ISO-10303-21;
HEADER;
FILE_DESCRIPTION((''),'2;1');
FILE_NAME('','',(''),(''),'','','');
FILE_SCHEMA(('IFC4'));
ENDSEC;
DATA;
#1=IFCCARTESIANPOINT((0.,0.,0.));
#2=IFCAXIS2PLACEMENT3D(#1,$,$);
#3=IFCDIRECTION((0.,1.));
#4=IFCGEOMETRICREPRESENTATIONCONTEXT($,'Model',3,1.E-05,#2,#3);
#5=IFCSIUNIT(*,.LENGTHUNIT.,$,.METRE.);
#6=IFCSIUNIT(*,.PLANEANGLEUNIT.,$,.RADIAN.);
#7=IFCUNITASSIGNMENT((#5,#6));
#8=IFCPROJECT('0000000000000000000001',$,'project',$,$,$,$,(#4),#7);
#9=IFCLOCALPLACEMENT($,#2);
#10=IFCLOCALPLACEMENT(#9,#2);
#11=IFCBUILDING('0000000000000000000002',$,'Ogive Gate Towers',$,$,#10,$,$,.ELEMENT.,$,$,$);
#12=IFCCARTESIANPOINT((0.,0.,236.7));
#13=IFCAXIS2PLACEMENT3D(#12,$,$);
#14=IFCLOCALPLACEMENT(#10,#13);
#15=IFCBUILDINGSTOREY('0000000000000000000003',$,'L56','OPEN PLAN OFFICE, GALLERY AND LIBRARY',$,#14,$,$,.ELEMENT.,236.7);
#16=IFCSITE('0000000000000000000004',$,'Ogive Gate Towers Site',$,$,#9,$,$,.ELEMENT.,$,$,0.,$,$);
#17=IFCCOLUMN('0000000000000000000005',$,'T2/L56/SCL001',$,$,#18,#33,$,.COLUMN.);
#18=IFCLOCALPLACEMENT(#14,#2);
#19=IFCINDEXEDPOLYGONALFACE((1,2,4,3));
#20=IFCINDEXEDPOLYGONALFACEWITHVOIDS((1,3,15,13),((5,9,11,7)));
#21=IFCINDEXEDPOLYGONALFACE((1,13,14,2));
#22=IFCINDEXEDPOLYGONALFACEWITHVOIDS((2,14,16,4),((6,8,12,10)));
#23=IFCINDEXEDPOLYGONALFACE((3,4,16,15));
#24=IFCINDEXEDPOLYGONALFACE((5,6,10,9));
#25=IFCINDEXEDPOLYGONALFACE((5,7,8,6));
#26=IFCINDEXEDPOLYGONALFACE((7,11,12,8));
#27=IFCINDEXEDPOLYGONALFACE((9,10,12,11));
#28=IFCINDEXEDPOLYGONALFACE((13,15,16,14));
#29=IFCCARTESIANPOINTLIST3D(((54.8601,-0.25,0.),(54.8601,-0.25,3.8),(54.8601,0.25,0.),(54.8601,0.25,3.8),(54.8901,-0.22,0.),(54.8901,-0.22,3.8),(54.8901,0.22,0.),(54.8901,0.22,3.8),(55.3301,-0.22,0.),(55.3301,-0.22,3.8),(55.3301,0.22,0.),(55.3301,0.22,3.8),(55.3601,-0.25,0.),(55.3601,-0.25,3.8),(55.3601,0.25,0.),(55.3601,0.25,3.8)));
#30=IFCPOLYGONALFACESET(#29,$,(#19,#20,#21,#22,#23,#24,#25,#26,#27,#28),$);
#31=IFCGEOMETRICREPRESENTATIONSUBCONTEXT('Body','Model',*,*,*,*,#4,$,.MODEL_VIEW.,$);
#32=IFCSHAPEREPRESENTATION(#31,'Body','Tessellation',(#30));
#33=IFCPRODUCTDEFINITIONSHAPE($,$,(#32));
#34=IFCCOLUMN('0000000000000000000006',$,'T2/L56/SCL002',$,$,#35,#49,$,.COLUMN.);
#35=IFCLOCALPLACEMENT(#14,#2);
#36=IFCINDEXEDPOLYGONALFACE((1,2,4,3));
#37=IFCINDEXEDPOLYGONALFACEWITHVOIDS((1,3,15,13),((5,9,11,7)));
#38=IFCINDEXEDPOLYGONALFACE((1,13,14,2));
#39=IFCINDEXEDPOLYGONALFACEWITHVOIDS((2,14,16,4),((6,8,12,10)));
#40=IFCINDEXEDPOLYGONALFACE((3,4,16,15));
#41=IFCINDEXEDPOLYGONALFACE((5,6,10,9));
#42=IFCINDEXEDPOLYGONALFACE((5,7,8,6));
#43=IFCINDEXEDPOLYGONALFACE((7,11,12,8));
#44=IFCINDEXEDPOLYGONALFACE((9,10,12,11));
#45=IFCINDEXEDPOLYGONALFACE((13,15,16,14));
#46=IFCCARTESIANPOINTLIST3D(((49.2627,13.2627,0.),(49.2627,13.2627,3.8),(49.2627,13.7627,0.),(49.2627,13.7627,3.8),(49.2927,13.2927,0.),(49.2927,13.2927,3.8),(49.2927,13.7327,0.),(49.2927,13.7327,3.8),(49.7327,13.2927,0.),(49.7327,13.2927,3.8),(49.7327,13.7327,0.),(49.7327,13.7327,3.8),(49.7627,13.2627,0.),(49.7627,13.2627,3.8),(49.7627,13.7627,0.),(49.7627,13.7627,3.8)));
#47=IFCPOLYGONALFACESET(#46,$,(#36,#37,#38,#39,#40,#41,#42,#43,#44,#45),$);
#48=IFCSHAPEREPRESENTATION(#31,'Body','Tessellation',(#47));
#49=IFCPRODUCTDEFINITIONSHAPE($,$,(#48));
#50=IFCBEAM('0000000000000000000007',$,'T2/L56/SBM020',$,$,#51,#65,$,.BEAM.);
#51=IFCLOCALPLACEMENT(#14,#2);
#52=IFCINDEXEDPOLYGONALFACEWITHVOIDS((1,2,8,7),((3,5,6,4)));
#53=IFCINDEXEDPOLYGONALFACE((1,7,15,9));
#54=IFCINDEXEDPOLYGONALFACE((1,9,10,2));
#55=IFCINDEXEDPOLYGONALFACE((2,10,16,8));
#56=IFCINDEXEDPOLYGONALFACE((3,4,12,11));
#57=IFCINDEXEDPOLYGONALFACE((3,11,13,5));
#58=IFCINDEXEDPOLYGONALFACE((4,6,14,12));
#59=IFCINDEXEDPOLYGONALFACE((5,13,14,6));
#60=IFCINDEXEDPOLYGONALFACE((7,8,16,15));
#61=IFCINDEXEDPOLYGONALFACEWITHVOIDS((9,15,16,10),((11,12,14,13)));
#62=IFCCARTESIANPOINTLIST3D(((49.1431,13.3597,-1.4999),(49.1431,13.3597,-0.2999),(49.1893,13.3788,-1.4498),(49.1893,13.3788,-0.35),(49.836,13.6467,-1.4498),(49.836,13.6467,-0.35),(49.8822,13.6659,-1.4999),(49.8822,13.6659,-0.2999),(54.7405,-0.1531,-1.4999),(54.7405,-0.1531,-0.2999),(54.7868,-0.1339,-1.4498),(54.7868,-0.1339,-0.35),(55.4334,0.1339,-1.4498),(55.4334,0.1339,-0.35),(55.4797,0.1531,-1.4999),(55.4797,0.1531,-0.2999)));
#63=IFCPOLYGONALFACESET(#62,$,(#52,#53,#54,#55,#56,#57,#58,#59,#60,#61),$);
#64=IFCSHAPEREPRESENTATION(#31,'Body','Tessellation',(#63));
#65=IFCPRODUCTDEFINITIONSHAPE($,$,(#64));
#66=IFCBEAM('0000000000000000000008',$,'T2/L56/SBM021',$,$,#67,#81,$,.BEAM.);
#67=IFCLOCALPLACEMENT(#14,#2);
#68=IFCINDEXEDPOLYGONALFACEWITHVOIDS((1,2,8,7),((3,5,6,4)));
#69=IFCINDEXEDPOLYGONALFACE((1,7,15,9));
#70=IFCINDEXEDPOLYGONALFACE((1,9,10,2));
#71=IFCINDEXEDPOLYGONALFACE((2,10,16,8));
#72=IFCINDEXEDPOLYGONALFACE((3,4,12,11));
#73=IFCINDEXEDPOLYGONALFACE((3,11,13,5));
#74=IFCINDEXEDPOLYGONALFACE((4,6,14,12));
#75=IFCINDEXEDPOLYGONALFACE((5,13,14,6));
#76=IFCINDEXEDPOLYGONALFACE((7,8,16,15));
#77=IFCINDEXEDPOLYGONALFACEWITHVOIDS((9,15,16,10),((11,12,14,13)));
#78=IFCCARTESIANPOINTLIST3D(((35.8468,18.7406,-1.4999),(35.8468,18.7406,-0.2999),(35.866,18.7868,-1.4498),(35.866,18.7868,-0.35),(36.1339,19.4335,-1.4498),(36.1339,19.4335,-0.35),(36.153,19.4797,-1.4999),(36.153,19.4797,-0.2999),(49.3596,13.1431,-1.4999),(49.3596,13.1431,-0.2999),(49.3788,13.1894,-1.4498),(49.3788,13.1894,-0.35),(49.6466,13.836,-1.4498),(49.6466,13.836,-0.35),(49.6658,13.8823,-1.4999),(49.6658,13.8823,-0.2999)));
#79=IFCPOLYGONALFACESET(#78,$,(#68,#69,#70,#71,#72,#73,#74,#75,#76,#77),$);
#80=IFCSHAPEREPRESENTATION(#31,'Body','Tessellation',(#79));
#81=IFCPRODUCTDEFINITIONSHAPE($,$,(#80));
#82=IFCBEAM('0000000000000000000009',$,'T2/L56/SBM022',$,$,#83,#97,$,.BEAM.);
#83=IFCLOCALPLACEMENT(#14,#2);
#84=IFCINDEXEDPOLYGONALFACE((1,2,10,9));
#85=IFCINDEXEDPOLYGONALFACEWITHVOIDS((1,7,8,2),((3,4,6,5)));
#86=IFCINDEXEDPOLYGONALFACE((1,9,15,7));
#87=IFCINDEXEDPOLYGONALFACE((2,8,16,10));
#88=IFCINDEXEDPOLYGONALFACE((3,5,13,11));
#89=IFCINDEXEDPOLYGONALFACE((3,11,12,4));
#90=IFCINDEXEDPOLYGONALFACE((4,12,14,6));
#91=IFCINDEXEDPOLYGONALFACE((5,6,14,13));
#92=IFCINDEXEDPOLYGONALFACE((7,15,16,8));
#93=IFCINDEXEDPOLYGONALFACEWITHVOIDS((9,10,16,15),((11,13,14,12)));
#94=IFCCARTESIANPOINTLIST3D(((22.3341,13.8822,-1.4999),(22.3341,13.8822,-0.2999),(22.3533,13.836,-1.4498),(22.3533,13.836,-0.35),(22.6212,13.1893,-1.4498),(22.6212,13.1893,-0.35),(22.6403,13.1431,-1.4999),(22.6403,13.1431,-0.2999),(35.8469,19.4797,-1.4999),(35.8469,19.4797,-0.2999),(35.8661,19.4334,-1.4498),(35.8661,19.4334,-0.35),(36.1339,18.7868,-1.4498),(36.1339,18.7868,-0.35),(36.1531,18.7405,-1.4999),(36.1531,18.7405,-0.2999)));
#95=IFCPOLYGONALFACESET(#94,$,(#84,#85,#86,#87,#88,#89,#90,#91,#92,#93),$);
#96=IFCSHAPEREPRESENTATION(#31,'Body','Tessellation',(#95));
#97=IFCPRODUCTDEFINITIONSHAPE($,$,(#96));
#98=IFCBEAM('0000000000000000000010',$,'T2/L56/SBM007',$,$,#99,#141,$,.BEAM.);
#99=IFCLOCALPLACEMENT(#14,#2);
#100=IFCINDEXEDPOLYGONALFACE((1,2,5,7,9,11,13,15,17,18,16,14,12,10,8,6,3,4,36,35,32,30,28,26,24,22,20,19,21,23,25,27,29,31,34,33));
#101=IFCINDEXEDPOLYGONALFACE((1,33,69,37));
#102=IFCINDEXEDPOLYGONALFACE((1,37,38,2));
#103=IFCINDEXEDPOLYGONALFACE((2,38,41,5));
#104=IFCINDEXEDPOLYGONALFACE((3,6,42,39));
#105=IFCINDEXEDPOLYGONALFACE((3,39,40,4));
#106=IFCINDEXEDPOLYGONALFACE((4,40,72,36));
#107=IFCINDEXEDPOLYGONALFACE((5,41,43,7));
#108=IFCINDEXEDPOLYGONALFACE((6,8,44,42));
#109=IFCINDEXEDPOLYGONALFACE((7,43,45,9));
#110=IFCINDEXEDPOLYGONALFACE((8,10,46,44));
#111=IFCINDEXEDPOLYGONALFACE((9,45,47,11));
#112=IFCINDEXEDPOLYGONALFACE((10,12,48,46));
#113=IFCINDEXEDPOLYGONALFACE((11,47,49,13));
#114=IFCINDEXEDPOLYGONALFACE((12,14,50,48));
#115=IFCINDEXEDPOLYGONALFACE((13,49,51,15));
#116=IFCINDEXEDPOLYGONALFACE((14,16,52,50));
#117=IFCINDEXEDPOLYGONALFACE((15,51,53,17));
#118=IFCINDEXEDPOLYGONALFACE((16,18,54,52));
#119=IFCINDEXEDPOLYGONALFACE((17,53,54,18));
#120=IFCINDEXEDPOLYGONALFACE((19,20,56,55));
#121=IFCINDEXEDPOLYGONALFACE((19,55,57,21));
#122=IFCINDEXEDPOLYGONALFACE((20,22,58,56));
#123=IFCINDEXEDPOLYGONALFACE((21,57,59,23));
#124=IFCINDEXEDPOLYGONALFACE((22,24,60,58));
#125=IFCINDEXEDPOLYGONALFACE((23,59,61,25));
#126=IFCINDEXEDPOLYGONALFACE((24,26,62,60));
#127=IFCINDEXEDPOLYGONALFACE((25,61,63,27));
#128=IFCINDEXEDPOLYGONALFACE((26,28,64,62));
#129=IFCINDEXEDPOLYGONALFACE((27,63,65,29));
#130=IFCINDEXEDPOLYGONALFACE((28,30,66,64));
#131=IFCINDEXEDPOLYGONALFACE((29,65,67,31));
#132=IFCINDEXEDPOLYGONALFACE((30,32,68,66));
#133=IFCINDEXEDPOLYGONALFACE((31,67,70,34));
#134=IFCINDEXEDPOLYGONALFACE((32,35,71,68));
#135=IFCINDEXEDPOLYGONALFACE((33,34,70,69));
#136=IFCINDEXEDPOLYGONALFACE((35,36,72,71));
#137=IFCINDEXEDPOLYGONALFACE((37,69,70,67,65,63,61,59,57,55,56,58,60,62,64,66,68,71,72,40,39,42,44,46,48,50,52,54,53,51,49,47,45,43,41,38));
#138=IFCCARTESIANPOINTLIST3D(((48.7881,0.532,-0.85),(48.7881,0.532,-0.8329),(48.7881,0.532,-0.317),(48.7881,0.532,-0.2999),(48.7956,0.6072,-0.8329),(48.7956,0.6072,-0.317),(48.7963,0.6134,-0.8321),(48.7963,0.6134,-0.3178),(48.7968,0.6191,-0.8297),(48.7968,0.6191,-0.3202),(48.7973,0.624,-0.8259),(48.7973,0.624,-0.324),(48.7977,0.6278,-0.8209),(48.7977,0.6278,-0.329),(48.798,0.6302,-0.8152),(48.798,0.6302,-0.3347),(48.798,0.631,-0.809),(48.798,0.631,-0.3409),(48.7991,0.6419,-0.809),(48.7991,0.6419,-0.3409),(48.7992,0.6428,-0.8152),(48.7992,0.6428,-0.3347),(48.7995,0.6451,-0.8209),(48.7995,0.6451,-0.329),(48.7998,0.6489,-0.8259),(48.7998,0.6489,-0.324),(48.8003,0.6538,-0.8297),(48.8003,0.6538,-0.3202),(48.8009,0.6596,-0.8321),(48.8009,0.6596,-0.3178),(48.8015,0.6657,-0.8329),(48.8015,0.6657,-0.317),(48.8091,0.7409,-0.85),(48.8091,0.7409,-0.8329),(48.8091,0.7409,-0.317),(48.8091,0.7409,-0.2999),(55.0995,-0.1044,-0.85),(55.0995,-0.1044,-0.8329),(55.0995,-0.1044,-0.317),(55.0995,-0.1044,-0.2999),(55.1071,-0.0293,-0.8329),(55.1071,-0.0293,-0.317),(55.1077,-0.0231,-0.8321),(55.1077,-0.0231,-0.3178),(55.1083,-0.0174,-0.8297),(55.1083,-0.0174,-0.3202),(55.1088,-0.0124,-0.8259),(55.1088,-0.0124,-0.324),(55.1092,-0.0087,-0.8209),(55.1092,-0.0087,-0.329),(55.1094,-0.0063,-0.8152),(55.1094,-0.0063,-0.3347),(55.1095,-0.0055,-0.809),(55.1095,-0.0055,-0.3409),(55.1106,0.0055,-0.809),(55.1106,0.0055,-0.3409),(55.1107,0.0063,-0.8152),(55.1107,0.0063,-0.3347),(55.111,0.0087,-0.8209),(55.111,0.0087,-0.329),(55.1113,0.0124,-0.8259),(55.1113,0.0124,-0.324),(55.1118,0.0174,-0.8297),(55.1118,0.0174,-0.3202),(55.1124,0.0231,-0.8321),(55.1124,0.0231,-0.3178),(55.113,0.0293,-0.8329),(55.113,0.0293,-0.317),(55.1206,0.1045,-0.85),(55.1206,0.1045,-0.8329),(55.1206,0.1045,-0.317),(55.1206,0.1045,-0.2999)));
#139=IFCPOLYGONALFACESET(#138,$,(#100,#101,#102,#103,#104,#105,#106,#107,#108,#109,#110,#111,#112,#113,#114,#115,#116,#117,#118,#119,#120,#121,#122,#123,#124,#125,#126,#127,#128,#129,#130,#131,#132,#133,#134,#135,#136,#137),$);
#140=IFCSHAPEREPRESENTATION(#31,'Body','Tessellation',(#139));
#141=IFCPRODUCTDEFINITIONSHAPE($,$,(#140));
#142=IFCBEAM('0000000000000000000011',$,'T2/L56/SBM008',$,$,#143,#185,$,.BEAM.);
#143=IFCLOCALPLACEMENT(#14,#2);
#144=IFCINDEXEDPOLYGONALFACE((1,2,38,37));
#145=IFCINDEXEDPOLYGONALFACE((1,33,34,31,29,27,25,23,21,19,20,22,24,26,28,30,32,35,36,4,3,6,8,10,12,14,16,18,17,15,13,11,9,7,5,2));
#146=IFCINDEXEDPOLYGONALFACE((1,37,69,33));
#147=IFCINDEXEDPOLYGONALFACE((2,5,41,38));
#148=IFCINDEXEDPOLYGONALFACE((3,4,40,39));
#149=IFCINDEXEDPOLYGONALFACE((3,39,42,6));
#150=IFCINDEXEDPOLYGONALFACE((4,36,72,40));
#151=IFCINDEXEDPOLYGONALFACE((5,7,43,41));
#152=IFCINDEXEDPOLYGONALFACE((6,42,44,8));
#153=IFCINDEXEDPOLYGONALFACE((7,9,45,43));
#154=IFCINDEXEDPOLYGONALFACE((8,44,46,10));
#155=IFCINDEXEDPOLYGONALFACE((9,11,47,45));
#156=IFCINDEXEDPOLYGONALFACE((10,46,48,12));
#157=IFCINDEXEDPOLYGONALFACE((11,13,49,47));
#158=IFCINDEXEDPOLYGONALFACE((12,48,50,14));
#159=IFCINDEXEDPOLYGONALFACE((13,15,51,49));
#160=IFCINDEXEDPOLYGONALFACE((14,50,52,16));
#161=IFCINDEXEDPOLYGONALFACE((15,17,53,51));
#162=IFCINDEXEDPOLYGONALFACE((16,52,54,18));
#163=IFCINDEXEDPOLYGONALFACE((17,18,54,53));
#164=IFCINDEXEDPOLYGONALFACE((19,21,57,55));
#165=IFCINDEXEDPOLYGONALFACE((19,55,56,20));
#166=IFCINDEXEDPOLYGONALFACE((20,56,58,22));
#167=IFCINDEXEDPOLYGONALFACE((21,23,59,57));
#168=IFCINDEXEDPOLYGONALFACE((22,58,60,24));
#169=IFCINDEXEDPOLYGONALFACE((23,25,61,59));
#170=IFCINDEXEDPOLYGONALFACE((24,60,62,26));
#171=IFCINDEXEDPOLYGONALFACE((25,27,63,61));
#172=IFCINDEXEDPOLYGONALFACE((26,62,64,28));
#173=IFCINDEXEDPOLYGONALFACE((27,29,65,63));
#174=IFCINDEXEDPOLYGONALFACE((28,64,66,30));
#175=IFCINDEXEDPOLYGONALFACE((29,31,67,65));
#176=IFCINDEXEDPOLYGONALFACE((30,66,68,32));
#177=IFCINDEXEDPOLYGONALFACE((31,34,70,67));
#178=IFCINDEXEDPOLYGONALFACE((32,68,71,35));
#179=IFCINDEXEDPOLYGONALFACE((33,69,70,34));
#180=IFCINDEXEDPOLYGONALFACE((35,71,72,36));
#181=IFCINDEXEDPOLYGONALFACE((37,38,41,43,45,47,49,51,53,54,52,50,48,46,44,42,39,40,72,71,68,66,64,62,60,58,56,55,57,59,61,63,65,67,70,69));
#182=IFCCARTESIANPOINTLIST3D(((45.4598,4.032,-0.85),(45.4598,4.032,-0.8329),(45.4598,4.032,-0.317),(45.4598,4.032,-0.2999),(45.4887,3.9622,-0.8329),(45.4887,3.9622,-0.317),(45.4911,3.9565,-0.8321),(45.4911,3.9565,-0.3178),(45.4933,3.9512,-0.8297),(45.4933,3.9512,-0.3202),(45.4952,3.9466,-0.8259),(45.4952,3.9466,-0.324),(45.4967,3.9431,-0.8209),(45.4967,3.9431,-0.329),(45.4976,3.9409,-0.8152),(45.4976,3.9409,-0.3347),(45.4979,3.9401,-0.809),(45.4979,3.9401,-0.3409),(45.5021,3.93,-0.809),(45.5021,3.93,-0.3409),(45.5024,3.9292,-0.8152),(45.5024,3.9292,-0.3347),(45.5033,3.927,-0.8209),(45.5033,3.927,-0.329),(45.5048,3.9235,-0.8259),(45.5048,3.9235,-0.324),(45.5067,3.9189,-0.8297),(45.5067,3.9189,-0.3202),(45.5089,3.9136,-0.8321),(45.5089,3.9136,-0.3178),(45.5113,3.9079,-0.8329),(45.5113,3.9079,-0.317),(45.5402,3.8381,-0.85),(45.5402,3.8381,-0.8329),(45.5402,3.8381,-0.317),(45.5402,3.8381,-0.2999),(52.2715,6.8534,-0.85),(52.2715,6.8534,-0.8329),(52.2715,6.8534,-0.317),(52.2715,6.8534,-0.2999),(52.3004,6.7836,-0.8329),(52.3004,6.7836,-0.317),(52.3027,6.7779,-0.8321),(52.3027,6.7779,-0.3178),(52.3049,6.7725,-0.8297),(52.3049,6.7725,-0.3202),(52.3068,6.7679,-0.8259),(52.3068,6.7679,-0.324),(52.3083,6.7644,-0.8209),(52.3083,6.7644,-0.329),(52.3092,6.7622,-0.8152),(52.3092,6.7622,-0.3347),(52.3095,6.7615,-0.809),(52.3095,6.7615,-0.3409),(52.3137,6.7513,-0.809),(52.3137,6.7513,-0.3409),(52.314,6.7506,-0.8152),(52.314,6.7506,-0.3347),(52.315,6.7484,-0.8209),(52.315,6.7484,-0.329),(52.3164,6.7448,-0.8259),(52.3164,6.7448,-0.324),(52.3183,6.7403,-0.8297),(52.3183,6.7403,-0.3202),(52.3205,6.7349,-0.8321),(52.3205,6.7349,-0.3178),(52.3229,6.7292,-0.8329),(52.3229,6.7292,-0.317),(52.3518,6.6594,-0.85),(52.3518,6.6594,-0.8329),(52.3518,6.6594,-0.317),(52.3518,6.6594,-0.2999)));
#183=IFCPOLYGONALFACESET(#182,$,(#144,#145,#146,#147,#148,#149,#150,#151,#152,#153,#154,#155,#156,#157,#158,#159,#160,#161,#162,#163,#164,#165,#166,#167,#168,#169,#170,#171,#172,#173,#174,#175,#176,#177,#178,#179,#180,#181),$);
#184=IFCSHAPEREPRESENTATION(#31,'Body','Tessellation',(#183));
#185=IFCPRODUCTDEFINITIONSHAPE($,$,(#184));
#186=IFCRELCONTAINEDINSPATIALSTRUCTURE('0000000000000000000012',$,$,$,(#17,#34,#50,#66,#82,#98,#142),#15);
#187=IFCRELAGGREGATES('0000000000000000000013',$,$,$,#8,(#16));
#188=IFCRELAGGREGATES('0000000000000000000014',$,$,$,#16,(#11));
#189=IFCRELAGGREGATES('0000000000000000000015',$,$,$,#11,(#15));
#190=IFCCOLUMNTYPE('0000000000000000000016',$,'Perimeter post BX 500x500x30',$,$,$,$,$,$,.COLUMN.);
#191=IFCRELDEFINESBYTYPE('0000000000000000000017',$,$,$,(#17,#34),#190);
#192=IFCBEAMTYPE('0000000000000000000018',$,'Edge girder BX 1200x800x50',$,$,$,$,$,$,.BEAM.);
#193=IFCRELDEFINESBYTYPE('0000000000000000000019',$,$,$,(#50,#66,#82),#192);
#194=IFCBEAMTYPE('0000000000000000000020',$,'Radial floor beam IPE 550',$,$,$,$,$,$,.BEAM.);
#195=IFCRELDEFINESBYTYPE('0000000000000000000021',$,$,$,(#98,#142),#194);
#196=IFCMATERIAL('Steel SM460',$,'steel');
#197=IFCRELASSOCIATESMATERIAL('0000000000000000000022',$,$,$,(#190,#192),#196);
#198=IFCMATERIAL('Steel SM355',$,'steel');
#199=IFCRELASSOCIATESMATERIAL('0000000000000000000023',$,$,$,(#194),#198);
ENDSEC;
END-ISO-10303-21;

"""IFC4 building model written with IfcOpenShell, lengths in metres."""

from ifc_helpers import new_model, si_unit, direction, frame, origin, origin_2d, place, context, subcontext, project, spatial, hollow_rectangle, i_section, extrude, material, material_profile, profile_set, type_object, element, save


model = new_model("IFC4")

# Units and contexts
model_context = context("Model", 3, precision=1e-05, world=origin(), true_north=direction((0.0, 1.0)))
body_context = subcontext(model_context, "Body", "Model", "MODEL_VIEW")
ifc_project = project(units=[si_unit("LENGTHUNIT", "METRE"), si_unit("PLANEANGLEUNIT", "RADIAN")], contexts=[model_context])

# Site, building, storey
site_placement = place(None, origin())
site = spatial("IfcSite", under=ifc_project, at=site_placement, Name="Ogive Gate Towers Site", CompositionType="ELEMENT", RefElevation=0.0)
building_placement = place(site_placement, origin())
building = spatial("IfcBuilding", under=site, at=building_placement, Name="Ogive Gate Towers", CompositionType="ELEMENT")
storey_placement = place(building_placement, frame((0.0, 0.0, 236.7)))
storey = spatial("IfcBuildingStorey", under=building, at=storey_placement, Name="L56", Description="OPEN PLAN OFFICE, GALLERY AND LIBRARY", CompositionType="ELEMENT", Elevation=236.7)

# Columns
ifc_material_1 = material(Name="Steel SM460", Category="steel")
ifc_material_profile_1 = material_profile(ifc_material_1, hollow_rectangle(XDim=0.5, YDim=0.5, WallThickness=0.03, at=origin_2d()), Name="BX 500x500x30")
ifc_profile_set_1 = profile_set([ifc_material_profile_1], Name="Steel SM460")
column_type = type_object("IfcColumnType", Name="Perimeter post BX 500x500x30", PredefinedType="COLUMN", material=ifc_profile_set_1)
for number, where, z_axis, x_axis, name in (
    (1, (55.1101, 0.0, 0.0), (0.0, 0.0, 1.0), (1.0, 0.0, 0.0), "T2/L56/SCL001"),
    (2, (49.5127, 13.5127, 0.0), (0.0, 0.0, 1.0), (1.0, 0.0, 0.0), "T2/L56/SCL002"),
):
    element("IfcColumn", number, at=place(storey_placement, frame(where, z_axis=z_axis, x_axis=x_axis)), inside=storey, type_object=column_type, Name=name, PredefinedType="COLUMN", context=body_context, shape_type="SweptSolid", body=[
        extrude(hollow_rectangle(XDim=0.5, YDim=0.5, WallThickness=0.03, at=origin_2d()), origin(), (0.0, 0.0, 1.0), 3.8),
    ])

# Beams
ifc_material_profile_2 = material_profile(ifc_material_1, hollow_rectangle(XDim=0.8, YDim=1.2, WallThickness=0.05, at=origin_2d()), Name="BX 1200x800x50")
ifc_profile_set_2 = profile_set([ifc_material_profile_2], Name="Steel SM460")
beam_type_1 = type_object("IfcBeamType", Name="Edge girder BX 1200x800x50", PredefinedType="BEAM", material=ifc_profile_set_2)
for number, where, z_axis, x_axis, name in (
    (3, (55.1101, 0.0, -0.8999), (-0.382699, 0.923873, 0.0), (-0.923873, -0.382699, 0.0), "T2/L56/SBM020"),
    (4, (49.5127, 13.5127, -0.8999), (-0.923873, 0.382699, 0.0), (-0.382699, -0.923873, 0.0), "T2/L56/SBM021"),
    (5, (36.0, 19.1101, -0.8999), (-0.923873, -0.382699, 0.0), (0.382699, -0.923873, 0.0), "T2/L56/SBM022"),
):
    element("IfcBeam", number, at=place(storey_placement, frame(where, z_axis=z_axis, x_axis=x_axis)), inside=storey, type_object=beam_type_1, Name=name, PredefinedType="BEAM", context=body_context, shape_type="SweptSolid", body=[
        extrude(hollow_rectangle(XDim=0.8, YDim=1.2, WallThickness=0.05, at=origin_2d()), origin(), (0.0, 0.0, 1.0), 14.6262),
    ])
ifc_material_2 = material(Name="Steel SM355", Category="steel")
ifc_material_profile_3 = material_profile(ifc_material_2, i_section(OverallWidth=0.21, OverallDepth=0.55, WebThickness=0.011, FlangeThickness=0.0171, FilletRadius=0.0239, at=origin_2d()), Name="IPE 550")
ifc_profile_set_3 = profile_set([ifc_material_profile_3], Name="Steel SM355")
beam_type_2 = type_object("IfcBeamType", Name="Radial floor beam IPE 550", PredefinedType="BEAM", material=ifc_profile_set_3)
beam_1_placement = place(storey_placement, frame((48.7986, 0.6365, -0.575), z_axis=(0.994954, -0.100334, 0.0), x_axis=(0.100334, 0.994954, 0.0)))
element("IfcBeam", 6, at=beam_1_placement, inside=storey, type_object=beam_type_2, Name="T2/L56/SBM007", PredefinedType="BEAM", context=body_context, shape_type="SweptSolid", body=[
    extrude(i_section(OverallWidth=0.21, OverallDepth=0.55, WebThickness=0.011, FlangeThickness=0.0171, FilletRadius=0.0239, at=origin_2d()), origin(), (0.0, 0.0, 1.0), 6.3435),
])
beam_2_placement = place(storey_placement, frame((45.5, 3.9351, -0.575), z_axis=(0.923886, 0.382668, 0.0), x_axis=(-0.382668, 0.923886, 0.0)))
element("IfcBeam", 7, at=beam_2_placement, inside=storey, type_object=beam_type_2, Name="T2/L56/SBM008", PredefinedType="BEAM", context=body_context, shape_type="SweptSolid", body=[
    extrude(i_section(OverallWidth=0.21, OverallDepth=0.55, WebThickness=0.011, FlangeThickness=0.0171, FilletRadius=0.0239, at=origin_2d()), origin(), (0.0, 0.0, 1.0), 7.3728),
])

save(model, "model.ifc")
